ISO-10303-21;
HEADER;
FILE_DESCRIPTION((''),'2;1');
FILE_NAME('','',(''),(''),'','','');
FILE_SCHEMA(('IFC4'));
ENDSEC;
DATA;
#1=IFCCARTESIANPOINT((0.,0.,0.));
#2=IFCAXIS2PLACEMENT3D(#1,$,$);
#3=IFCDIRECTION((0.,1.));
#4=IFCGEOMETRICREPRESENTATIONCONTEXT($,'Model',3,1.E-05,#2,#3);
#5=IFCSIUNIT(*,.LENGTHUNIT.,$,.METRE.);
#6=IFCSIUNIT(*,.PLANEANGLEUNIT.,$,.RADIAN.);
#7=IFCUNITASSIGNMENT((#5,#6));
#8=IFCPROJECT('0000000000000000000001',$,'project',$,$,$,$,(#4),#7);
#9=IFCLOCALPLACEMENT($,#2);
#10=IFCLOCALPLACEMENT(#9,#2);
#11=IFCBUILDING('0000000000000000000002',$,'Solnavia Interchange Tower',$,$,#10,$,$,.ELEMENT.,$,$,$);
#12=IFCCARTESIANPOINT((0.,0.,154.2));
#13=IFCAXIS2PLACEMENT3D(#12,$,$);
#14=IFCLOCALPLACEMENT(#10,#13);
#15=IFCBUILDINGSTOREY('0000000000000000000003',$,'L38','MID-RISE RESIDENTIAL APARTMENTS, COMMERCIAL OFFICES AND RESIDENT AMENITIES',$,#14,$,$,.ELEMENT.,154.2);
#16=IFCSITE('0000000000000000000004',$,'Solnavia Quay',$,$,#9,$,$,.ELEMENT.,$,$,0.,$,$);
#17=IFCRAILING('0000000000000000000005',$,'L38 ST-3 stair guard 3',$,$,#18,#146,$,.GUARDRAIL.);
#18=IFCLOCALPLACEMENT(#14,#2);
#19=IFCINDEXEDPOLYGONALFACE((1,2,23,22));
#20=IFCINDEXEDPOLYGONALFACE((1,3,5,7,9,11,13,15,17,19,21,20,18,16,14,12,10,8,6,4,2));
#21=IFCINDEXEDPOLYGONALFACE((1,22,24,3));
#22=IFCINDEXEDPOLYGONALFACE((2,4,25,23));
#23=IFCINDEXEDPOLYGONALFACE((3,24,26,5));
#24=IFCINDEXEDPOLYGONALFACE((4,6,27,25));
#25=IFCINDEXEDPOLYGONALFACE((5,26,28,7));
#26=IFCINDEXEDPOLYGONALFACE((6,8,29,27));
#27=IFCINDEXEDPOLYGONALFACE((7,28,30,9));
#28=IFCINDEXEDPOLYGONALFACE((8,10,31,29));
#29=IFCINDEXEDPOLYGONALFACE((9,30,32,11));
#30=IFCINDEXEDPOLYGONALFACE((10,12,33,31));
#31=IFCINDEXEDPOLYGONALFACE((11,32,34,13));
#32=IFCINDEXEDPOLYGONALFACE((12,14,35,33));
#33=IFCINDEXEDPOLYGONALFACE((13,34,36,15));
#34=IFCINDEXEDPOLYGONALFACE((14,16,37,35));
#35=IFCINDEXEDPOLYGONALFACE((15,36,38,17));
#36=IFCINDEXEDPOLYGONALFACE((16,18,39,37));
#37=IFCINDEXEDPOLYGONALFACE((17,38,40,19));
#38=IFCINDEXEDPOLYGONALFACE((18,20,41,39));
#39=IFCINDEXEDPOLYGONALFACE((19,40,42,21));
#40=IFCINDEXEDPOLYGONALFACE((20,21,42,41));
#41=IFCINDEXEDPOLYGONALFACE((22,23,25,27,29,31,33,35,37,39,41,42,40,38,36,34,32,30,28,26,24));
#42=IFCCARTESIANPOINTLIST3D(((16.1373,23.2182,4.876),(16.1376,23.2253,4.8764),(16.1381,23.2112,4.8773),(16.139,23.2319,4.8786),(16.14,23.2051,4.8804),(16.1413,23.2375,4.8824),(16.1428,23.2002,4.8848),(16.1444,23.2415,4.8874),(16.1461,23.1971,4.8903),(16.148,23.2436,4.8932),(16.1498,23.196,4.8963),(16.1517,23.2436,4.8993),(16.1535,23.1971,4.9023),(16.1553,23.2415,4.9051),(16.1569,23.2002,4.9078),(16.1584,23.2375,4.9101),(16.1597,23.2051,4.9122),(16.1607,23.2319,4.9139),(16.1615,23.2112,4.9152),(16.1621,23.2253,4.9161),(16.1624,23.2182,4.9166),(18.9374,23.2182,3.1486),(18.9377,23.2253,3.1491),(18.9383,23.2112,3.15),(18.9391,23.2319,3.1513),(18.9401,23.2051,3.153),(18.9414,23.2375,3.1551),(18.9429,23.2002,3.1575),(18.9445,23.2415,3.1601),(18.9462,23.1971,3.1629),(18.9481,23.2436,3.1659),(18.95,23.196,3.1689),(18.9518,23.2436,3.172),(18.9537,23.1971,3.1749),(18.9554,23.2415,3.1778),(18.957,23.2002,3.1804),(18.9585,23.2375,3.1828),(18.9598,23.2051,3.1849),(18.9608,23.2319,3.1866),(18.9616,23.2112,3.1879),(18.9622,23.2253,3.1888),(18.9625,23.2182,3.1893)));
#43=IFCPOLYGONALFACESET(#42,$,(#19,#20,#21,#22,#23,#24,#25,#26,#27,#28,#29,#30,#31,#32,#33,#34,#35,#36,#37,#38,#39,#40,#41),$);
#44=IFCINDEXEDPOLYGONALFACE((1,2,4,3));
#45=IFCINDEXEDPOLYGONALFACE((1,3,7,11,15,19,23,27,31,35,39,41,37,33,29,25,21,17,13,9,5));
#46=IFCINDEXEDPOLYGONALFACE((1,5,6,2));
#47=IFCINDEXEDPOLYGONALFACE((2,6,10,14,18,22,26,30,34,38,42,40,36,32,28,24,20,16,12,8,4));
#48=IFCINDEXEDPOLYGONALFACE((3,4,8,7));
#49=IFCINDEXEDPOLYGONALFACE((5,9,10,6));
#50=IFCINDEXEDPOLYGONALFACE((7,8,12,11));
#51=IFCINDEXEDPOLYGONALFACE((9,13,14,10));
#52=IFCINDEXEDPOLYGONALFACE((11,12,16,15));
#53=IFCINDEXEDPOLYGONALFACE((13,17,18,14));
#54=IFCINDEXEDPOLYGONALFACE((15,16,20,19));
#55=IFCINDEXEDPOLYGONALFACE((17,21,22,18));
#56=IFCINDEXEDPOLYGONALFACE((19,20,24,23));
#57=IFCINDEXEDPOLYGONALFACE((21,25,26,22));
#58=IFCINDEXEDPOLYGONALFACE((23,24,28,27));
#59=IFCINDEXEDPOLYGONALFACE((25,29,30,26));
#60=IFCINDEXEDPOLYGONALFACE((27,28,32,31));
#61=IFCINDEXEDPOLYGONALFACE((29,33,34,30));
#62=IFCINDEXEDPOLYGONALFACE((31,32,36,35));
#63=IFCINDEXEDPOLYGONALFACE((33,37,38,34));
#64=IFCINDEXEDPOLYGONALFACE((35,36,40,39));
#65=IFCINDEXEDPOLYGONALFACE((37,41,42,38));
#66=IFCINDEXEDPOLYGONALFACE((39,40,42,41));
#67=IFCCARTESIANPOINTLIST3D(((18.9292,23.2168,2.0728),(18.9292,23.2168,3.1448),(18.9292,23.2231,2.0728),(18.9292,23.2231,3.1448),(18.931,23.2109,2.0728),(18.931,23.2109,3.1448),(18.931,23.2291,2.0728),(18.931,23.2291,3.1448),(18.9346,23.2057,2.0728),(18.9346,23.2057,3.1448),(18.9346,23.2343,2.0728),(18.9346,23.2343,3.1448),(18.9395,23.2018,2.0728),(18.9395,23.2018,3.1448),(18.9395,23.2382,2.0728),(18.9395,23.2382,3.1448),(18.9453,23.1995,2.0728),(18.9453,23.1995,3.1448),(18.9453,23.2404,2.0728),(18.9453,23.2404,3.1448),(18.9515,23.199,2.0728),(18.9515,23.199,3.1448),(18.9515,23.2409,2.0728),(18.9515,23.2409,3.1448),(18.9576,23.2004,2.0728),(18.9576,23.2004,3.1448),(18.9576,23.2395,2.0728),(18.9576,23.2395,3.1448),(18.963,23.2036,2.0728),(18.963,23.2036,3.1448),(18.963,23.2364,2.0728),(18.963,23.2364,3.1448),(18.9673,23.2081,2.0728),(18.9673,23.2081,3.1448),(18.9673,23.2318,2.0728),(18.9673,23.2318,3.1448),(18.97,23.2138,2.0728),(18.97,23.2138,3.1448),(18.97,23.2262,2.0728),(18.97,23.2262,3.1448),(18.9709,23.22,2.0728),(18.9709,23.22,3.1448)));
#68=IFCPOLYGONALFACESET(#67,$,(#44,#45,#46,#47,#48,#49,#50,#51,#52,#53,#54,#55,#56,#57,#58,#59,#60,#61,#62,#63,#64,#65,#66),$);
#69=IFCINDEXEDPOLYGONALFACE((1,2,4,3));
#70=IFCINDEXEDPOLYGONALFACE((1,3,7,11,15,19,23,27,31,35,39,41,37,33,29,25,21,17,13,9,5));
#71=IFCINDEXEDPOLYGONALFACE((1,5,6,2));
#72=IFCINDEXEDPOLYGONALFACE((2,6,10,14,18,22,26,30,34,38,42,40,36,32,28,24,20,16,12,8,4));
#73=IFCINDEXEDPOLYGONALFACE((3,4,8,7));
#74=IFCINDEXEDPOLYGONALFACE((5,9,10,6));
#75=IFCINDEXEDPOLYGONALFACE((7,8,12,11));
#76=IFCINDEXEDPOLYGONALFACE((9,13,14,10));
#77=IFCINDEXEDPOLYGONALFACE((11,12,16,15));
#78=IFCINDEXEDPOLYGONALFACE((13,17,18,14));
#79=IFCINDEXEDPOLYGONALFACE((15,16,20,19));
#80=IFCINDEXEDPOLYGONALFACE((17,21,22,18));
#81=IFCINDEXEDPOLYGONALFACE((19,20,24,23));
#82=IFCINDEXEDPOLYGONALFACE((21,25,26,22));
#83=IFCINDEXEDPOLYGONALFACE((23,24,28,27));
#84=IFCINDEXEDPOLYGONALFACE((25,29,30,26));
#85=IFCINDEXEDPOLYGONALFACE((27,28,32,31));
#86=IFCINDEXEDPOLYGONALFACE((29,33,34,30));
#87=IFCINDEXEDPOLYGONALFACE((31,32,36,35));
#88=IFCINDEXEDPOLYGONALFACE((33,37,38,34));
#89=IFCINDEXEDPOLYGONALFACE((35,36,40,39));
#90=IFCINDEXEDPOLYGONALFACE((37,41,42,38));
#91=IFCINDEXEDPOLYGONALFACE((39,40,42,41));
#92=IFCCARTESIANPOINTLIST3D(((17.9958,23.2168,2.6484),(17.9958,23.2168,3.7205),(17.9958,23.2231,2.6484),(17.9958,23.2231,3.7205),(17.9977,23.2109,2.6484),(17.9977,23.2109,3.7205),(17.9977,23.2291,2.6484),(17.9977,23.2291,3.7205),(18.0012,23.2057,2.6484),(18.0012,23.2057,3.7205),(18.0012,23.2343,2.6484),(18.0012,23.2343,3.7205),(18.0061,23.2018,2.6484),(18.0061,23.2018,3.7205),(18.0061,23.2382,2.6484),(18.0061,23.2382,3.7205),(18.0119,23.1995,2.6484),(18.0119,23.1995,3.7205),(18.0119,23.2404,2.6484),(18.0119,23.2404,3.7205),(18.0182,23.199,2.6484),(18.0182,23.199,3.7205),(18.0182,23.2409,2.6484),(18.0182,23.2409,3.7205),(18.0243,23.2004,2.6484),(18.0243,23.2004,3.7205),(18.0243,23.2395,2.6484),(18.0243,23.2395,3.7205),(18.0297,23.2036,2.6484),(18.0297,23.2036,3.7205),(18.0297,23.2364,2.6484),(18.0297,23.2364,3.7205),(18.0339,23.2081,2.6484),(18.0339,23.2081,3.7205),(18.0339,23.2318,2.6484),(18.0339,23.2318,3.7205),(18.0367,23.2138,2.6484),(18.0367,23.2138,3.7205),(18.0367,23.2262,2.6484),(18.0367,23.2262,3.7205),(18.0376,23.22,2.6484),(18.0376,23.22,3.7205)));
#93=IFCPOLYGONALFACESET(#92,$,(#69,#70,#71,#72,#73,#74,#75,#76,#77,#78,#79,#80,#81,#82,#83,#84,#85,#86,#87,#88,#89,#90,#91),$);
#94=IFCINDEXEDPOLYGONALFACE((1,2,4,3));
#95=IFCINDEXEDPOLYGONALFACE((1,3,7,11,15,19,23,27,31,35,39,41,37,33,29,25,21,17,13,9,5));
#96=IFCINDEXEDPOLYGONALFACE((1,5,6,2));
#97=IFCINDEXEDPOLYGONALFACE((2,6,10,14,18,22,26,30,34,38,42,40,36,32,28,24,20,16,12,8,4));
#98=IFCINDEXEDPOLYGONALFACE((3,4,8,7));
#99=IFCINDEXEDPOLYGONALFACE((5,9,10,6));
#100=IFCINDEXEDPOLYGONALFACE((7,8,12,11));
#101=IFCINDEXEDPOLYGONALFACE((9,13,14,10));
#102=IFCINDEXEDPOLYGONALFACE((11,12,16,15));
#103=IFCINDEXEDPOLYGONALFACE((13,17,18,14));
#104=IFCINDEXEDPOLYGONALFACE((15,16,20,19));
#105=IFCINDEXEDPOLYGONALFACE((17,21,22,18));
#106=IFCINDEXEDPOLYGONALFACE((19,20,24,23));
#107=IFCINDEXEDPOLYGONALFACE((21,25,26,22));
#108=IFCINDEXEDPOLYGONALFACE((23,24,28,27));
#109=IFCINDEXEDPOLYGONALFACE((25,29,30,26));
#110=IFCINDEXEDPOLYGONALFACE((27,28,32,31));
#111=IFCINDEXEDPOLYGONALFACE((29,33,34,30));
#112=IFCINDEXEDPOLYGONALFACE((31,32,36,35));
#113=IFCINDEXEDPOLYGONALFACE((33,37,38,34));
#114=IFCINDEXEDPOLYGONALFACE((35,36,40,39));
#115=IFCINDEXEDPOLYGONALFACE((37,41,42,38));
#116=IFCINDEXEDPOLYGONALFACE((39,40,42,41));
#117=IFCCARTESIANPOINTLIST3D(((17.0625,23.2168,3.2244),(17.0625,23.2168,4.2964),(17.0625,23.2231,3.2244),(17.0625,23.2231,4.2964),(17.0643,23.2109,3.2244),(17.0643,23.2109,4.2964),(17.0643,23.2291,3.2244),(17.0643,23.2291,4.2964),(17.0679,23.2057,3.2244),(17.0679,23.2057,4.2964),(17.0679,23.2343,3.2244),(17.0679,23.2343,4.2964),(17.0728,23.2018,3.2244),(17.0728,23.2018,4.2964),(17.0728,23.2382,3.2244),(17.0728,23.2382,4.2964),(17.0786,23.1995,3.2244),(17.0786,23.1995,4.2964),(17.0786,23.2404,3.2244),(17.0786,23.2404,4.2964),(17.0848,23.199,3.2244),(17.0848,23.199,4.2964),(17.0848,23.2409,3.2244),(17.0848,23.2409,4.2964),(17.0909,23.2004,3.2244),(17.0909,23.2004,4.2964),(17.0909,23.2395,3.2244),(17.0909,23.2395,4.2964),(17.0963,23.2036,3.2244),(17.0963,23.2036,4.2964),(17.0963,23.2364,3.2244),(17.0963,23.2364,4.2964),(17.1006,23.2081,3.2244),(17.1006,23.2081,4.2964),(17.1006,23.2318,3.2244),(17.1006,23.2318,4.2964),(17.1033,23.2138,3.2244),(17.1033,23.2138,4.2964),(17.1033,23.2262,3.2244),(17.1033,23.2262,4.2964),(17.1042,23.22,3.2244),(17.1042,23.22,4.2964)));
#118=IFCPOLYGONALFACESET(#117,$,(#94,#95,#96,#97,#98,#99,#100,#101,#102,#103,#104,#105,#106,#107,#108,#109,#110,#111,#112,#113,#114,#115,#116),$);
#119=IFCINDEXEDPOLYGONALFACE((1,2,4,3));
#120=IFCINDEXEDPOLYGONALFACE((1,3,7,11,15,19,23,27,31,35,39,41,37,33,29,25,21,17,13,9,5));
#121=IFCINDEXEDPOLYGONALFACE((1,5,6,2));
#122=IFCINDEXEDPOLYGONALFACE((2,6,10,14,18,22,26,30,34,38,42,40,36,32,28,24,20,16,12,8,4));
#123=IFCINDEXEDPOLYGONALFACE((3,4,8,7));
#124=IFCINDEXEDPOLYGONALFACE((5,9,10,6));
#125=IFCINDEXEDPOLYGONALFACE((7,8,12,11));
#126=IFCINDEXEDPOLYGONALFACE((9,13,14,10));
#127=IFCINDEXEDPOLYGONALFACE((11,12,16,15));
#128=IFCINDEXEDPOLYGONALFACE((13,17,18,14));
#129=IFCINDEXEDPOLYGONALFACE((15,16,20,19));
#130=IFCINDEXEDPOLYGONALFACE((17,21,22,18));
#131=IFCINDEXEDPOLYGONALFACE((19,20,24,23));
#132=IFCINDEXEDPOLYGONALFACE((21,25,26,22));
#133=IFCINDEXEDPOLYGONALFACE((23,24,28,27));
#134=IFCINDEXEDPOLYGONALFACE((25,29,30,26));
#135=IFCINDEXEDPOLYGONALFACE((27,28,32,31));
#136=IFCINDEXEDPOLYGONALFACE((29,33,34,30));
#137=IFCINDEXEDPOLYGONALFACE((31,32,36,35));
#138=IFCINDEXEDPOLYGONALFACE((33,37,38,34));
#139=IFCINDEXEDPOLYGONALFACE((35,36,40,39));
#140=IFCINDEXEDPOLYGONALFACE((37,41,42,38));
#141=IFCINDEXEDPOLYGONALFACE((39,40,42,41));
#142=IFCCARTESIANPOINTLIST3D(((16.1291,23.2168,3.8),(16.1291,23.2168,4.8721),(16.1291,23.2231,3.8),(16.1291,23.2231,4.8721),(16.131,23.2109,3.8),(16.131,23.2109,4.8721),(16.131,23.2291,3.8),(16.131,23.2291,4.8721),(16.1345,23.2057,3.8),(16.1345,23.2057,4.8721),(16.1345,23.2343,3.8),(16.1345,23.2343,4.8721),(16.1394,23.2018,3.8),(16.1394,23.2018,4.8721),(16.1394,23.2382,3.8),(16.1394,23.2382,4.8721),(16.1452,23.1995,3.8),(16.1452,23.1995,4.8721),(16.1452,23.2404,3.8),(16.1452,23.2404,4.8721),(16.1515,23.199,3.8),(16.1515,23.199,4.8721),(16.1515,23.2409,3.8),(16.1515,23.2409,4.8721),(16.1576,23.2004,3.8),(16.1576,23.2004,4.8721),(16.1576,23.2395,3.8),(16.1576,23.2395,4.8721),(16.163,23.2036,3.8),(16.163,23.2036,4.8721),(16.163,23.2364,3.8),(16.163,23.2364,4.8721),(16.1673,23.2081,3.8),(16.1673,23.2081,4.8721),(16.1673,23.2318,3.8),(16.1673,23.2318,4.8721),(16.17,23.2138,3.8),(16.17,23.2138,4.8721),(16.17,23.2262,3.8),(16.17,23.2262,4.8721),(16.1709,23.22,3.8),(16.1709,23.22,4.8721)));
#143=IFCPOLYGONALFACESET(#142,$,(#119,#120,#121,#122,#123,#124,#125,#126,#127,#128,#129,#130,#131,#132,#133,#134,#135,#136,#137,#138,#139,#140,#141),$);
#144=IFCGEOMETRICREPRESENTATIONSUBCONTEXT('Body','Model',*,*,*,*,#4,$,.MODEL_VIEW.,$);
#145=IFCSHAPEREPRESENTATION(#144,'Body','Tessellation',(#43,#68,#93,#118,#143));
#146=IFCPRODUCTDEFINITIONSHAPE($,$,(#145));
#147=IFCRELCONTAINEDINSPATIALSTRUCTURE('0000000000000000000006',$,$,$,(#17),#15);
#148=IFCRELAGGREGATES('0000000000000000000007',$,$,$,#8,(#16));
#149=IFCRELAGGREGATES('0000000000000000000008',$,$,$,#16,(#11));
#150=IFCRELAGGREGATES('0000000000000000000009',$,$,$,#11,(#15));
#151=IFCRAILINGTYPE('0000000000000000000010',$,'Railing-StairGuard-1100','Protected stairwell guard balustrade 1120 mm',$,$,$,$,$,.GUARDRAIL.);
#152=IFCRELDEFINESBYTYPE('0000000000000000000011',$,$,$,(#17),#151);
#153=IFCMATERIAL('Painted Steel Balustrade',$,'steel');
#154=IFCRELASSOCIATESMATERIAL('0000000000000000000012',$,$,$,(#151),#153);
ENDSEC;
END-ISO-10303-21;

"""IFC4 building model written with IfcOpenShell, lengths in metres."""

from ifc_helpers import new_model, si_unit, direction, frame, origin, origin_2d, place, context, subcontext, project, spatial, circle, extrude, material, type_object, element, save


model = new_model("IFC4")

# Units and contexts
model_context = context("Model", 3, precision=1e-05, world=origin(), true_north=direction((0.0, 1.0)))
body_context = subcontext(model_context, "Body", "Model", "MODEL_VIEW")
ifc_project = project(units=[si_unit("LENGTHUNIT", "METRE"), si_unit("PLANEANGLEUNIT", "RADIAN")], contexts=[model_context])

# Site, building, storey
site_placement = place(None, origin())
site = spatial("IfcSite", under=ifc_project, at=site_placement, Name="Solnavia Quay", CompositionType="ELEMENT", RefElevation=0.0)
building_placement = place(site_placement, origin())
building = spatial("IfcBuilding", under=site, at=building_placement, Name="Solnavia Interchange Tower", CompositionType="ELEMENT")
storey_placement = place(building_placement, frame((0.0, 0.0, 154.2)))
storey = spatial("IfcBuildingStorey", under=building, at=storey_placement, Name="L38", Description="MID-RISE RESIDENTIAL APARTMENTS, COMMERCIAL OFFICES AND RESIDENT AMENITIES", CompositionType="ELEMENT", Elevation=154.2)

# Railing
ifc_material_1 = material(Name="Painted Steel Balustrade", Category="steel")
railing_type_1 = type_object("IfcRailingType", Name="Railing-StairGuard-1100", Description="Protected stairwell guard balustrade 1120 mm", PredefinedType="GUARDRAIL", material=ifc_material_1)
railing_1_placement = place(storey_placement, frame((18.95, 23.22, 2.0728)))
element("IfcRailing", 1, at=railing_1_placement, inside=storey, type_object=railing_type_1, Name="L38 ST-3 stair guard 3", PredefinedType="GUARDRAIL", context=body_context, shape_type="SweptSolid", body=[
    extrude(circle(Radius=0.0239, at=origin_2d()), frame((0.0, 0.0, 1.0962), z_axis=(-0.85109, 0.0, 0.52502), x_axis=(0.0, -1.0, 0.0)), (0.0, 0.0, 1.0), 3.29),
    extrude(circle(Radius=0.021, at=origin_2d()), origin(), (0.0, 0.0, 1.0), 1.072),
    extrude(circle(Radius=0.021, at=origin_2d()), frame((-0.9333, 0.0, 0.5757)), (0.0, 0.0, 1.0), 1.072),
    extrude(circle(Radius=0.021, at=origin_2d()), frame((-1.8667, 0.0, 1.1516)), (0.0, 0.0, 1.0), 1.072),
    extrude(circle(Radius=0.021, at=origin_2d()), frame((-2.8, 0.0, 1.7273)), (0.0, 0.0, 1.0), 1.072),
])

save(model, "model.ifc")
